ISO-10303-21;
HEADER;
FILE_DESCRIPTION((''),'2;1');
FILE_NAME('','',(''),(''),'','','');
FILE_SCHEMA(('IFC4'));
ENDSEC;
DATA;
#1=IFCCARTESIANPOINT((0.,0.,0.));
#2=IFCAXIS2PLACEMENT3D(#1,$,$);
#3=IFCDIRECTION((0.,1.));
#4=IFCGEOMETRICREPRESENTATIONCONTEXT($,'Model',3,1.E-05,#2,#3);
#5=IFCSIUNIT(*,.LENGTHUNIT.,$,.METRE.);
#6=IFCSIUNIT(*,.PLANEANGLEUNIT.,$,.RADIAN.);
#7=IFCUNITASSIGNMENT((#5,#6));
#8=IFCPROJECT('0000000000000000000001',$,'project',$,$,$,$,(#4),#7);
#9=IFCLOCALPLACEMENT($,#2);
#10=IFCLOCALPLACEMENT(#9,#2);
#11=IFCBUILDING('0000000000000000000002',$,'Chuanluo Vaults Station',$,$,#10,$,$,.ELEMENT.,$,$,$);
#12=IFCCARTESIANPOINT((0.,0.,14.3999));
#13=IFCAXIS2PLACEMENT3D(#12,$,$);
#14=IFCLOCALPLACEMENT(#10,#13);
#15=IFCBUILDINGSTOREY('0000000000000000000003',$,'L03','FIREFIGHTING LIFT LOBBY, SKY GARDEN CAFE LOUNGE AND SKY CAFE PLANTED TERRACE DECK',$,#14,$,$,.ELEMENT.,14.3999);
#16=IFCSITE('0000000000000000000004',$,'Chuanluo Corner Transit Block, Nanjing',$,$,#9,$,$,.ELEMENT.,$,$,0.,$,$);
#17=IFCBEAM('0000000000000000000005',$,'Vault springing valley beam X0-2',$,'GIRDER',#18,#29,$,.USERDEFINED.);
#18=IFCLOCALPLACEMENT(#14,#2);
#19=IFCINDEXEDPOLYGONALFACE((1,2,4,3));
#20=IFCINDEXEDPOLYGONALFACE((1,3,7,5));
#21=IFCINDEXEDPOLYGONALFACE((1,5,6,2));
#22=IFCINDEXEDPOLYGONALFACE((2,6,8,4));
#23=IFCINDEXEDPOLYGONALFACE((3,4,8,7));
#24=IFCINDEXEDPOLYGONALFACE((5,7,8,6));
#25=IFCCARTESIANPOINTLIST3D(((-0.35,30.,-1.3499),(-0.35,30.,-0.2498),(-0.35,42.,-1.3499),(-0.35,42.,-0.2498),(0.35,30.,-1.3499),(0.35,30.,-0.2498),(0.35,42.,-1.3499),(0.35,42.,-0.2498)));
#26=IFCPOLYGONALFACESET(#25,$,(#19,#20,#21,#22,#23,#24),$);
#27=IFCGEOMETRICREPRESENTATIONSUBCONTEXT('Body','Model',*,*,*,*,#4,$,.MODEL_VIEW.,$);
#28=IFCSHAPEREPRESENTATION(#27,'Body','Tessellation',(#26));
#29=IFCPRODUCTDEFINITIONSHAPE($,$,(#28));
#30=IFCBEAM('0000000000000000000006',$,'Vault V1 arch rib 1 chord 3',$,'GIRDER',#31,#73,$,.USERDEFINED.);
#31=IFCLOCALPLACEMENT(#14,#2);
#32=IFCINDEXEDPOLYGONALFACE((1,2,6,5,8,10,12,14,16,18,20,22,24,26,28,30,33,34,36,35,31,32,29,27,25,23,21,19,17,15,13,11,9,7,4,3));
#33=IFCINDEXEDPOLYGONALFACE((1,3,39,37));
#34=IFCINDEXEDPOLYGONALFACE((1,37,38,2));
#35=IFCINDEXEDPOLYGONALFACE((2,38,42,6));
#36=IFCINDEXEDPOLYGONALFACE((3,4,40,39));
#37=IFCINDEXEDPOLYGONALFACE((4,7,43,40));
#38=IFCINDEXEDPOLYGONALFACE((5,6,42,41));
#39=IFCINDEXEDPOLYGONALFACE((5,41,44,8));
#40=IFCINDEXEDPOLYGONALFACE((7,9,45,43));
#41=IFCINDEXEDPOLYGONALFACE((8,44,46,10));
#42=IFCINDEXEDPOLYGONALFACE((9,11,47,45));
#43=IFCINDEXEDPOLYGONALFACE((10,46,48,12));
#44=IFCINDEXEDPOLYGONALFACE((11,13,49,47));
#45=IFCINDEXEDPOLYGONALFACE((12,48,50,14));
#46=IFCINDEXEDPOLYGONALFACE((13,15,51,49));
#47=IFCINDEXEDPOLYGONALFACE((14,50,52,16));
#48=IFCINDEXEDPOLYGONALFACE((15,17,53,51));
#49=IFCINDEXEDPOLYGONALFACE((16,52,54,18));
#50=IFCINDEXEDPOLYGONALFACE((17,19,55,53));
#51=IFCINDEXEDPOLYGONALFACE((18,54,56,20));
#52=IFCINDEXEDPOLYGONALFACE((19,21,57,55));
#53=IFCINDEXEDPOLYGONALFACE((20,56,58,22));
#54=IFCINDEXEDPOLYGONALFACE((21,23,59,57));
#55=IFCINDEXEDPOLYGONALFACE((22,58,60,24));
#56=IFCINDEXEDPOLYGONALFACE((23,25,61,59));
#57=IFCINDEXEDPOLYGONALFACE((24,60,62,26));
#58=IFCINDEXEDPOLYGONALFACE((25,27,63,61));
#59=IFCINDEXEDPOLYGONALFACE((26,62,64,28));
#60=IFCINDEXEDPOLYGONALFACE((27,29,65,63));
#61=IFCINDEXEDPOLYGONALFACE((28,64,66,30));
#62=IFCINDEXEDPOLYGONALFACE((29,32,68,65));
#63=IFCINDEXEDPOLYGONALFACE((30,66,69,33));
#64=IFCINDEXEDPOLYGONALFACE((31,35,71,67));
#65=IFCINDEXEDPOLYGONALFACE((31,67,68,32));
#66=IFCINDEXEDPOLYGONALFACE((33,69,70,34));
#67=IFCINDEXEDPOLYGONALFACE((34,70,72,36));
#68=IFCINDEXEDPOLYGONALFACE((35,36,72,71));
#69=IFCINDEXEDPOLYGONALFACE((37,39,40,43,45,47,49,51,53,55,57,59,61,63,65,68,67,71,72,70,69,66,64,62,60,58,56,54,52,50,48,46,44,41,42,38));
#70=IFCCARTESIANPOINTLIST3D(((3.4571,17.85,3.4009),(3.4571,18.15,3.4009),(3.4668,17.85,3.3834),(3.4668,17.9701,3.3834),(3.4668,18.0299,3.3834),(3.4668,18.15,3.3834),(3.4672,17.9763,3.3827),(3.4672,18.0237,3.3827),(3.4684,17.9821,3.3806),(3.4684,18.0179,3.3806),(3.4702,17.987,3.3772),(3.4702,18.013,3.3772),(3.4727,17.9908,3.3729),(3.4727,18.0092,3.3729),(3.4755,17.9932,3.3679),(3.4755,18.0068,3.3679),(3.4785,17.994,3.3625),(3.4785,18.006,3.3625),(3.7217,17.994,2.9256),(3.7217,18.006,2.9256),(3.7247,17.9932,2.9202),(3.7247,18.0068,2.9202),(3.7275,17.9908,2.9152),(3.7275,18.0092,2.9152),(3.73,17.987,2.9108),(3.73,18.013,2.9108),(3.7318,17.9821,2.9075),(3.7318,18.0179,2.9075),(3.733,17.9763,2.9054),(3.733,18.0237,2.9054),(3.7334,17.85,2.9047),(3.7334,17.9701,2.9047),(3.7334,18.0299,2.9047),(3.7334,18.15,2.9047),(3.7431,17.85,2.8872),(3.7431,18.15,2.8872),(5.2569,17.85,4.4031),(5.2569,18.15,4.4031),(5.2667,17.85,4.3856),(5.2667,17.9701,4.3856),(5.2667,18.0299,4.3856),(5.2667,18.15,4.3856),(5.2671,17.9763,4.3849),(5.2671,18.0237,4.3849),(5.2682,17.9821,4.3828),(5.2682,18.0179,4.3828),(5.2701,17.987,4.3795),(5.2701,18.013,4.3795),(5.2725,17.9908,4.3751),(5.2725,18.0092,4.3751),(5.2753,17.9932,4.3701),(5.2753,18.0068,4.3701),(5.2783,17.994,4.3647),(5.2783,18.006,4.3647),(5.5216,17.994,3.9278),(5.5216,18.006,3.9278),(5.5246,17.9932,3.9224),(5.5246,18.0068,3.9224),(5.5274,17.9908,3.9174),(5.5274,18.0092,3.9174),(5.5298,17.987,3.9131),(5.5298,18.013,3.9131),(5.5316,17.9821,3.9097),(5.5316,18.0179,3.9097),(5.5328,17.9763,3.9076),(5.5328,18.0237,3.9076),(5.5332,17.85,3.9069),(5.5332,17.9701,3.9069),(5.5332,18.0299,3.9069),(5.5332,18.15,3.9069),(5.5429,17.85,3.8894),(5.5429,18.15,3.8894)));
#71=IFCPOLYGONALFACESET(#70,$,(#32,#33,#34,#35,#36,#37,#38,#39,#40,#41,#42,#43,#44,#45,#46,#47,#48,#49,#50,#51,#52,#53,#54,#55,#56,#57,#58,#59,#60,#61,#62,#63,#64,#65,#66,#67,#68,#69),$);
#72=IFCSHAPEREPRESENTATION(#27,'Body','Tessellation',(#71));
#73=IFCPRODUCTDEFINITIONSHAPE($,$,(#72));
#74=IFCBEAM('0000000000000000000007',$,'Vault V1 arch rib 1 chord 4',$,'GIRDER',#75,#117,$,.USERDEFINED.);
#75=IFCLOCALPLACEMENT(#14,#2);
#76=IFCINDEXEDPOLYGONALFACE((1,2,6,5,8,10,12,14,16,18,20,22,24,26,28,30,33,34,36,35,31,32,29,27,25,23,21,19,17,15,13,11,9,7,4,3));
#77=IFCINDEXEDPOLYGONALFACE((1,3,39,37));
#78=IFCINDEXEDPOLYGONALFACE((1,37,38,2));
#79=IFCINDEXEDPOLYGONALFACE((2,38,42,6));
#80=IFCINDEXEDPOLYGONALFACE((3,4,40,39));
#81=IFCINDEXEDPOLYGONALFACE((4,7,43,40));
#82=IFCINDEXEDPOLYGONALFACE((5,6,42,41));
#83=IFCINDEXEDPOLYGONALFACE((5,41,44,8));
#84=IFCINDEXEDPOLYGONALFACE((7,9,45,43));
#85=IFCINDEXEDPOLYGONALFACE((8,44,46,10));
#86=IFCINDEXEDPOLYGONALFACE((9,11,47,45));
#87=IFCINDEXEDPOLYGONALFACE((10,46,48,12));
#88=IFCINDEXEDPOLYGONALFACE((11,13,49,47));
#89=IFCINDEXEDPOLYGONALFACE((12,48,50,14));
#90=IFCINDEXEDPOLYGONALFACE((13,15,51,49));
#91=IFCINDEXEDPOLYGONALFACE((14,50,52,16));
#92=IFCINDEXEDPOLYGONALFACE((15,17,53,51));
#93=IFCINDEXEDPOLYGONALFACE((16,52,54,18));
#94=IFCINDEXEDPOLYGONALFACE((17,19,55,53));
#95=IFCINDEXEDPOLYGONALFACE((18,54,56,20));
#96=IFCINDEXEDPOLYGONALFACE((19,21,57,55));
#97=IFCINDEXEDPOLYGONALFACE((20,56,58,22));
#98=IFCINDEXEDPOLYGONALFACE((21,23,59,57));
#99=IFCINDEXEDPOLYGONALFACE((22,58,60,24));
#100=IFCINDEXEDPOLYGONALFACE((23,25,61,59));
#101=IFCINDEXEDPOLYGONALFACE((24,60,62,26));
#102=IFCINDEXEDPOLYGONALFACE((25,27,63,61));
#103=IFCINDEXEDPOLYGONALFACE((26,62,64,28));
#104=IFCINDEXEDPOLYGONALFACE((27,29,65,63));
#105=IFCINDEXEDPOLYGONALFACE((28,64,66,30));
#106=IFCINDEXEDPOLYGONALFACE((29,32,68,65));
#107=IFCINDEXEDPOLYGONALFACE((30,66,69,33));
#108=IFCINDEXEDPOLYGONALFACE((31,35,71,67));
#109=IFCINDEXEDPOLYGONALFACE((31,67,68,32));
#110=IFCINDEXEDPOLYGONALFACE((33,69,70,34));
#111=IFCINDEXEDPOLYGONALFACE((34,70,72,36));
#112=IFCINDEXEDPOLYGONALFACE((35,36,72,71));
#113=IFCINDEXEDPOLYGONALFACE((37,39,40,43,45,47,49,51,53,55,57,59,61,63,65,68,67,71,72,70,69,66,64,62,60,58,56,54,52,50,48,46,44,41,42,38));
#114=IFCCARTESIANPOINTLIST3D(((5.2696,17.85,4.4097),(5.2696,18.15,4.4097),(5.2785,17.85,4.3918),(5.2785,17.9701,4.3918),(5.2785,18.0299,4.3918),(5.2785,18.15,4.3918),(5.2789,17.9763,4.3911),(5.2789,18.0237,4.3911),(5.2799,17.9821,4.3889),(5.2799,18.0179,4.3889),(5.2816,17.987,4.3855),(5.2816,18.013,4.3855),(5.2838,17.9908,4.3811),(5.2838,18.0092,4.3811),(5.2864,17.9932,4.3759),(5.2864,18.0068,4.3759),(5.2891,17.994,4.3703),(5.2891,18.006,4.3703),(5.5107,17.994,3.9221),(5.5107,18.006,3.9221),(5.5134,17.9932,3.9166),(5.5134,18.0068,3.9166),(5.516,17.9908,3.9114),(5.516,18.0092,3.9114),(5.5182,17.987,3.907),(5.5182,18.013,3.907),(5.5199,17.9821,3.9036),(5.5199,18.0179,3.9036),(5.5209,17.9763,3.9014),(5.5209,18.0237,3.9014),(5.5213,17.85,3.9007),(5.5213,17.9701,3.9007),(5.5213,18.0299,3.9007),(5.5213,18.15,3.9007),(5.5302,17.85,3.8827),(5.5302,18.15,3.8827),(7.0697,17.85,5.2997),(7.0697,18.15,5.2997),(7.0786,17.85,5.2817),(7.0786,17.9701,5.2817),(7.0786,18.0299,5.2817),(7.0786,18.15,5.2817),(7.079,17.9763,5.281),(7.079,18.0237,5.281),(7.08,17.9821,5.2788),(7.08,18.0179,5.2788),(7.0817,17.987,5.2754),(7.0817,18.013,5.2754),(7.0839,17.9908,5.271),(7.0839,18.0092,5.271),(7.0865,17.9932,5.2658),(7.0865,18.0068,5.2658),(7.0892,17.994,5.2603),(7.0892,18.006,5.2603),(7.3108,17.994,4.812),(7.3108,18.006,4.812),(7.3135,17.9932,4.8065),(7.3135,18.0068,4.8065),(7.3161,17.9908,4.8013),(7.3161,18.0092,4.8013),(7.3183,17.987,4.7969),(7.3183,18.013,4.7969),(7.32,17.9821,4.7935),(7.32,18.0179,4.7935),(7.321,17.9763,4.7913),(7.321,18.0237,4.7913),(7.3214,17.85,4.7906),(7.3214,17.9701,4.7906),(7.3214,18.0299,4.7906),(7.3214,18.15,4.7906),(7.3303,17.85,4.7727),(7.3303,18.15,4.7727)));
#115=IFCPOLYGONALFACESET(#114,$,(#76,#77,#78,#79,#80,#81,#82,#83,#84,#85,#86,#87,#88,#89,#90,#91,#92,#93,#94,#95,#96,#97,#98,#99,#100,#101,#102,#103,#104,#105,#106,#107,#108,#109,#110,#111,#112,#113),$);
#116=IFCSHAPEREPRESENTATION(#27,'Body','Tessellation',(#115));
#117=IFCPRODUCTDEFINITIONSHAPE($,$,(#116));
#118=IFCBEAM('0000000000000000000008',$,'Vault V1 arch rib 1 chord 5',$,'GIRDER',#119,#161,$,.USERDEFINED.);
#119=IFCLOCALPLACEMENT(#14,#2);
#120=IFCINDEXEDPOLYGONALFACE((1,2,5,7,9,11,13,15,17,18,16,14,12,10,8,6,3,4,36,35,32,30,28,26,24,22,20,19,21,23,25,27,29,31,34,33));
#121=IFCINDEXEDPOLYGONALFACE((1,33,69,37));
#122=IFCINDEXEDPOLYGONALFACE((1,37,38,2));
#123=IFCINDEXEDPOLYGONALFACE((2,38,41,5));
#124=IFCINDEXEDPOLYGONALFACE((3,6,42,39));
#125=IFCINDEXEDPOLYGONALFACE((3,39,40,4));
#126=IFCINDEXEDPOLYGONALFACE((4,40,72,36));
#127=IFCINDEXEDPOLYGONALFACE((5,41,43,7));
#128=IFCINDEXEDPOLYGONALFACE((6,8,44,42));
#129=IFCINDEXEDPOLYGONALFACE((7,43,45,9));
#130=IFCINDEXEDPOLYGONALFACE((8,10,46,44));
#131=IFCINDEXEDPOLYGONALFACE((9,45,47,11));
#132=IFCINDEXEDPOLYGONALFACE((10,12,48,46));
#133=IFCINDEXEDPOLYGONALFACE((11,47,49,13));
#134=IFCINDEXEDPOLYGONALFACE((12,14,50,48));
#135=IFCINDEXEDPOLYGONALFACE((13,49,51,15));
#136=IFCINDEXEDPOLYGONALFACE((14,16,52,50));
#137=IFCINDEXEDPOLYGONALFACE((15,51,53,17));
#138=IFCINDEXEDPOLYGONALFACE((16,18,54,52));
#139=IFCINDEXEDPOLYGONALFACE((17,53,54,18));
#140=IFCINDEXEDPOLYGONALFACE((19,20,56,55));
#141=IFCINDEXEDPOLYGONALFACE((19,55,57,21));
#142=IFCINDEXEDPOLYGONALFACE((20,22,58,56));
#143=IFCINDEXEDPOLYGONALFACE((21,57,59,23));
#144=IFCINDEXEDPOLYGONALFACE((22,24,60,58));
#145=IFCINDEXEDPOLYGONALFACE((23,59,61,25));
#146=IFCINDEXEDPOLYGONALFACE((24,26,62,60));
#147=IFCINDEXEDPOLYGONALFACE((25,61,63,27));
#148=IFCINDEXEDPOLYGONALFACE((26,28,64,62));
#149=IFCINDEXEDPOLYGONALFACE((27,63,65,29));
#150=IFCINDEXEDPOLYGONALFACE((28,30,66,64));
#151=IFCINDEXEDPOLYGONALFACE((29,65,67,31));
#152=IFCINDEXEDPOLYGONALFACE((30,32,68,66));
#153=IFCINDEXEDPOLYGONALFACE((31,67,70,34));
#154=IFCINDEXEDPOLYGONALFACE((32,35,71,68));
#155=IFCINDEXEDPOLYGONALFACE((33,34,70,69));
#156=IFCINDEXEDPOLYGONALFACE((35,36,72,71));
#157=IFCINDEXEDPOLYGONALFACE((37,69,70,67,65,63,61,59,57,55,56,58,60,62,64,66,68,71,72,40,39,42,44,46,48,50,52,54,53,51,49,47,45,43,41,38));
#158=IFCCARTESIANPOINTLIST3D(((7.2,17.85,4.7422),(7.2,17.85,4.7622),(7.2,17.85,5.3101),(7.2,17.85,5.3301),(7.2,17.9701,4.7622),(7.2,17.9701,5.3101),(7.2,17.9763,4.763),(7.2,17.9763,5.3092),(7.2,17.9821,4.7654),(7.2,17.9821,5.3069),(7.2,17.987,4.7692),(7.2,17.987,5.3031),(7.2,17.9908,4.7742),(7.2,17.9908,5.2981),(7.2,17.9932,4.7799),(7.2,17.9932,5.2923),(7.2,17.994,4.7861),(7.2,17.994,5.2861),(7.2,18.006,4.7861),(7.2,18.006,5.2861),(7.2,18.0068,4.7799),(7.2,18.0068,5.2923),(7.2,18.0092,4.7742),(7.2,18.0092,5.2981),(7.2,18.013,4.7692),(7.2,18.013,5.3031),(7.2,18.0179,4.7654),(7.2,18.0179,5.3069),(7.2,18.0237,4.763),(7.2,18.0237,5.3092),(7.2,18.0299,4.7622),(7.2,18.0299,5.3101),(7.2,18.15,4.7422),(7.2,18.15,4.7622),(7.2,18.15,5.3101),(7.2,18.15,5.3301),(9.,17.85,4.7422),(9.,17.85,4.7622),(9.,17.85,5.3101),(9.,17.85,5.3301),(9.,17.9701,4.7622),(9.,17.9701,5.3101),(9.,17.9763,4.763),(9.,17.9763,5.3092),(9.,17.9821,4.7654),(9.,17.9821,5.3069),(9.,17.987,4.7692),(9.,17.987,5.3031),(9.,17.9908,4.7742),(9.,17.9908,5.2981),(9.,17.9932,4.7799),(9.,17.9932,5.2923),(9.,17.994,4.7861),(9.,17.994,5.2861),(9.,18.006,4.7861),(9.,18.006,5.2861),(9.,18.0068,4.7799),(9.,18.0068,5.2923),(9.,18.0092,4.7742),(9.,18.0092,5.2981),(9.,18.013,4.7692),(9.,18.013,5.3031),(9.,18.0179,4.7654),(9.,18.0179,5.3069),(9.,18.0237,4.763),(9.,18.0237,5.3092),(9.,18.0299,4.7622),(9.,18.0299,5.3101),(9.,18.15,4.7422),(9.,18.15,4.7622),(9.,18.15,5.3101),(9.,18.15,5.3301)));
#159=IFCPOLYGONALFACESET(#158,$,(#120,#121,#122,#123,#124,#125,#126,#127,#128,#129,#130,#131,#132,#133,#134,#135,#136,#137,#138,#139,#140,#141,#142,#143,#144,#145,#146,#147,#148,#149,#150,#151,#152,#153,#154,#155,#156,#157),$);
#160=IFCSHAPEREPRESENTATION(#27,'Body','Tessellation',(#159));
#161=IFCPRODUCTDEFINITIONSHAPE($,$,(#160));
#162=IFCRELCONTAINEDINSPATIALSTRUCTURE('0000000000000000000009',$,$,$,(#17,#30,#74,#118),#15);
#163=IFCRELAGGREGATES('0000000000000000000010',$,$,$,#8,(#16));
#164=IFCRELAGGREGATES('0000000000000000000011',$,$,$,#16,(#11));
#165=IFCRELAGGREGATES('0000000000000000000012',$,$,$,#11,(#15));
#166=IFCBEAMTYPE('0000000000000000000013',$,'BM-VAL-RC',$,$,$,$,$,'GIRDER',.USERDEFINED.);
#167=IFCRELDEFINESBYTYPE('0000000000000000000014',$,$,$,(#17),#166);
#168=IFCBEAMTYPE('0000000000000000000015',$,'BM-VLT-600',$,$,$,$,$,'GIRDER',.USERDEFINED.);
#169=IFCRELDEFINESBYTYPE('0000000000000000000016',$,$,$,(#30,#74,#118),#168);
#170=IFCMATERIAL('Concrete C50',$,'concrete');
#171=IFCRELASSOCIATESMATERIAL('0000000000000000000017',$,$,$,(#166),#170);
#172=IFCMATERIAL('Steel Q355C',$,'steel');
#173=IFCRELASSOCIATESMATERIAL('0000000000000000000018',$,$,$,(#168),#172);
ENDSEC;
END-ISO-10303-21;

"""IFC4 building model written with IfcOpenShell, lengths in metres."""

from ifc_helpers import new_model, si_unit, direction, frame, origin, origin_2d, place, context, subcontext, project, spatial, rectangle, i_section, extrude, material, material_profile, profile_set, type_object, element, save


model = new_model("IFC4")

# Units and contexts
model_context = context("Model", 3, precision=1e-05, world=origin(), true_north=direction((0.0, 1.0)))
body_context = subcontext(model_context, "Body", "Model", "MODEL_VIEW")
ifc_project = project(units=[si_unit("LENGTHUNIT", "METRE"), si_unit("PLANEANGLEUNIT", "RADIAN")], contexts=[model_context])

# Site, building, storey
site_placement = place(None, origin())
site = spatial("IfcSite", under=ifc_project, at=site_placement, Name="Chuanluo Corner Transit Block, Nanjing", CompositionType="ELEMENT", RefElevation=0.0)
building_placement = place(site_placement, origin())
building = spatial("IfcBuilding", under=site, at=building_placement, Name="Chuanluo Vaults Station", CompositionType="ELEMENT")
storey_placement = place(building_placement, frame((0.0, 0.0, 14.3999)))
storey = spatial("IfcBuildingStorey", under=building, at=storey_placement, Name="L03", Description="FIREFIGHTING LIFT LOBBY, SKY GARDEN CAFE LOUNGE AND SKY CAFE PLANTED TERRACE DECK", CompositionType="ELEMENT", Elevation=14.3999)

# Beams
ifc_material_1 = material(Name="Concrete C50", Category="concrete")
ifc_material_profile_1 = material_profile(ifc_material_1, rectangle(XDim=0.7, YDim=1.1001, at=origin_2d()))
ifc_profile_set_1 = profile_set([ifc_material_profile_1], Name="Concrete C50")
beam_type_1 = type_object("IfcBeamType", Name="BM-VAL-RC", ElementType="GIRDER", PredefinedType="USERDEFINED", material=ifc_profile_set_1)
beam_1_placement = place(storey_placement, frame((0.0, 30.0, -0.7998), z_axis=(0.0, 1.0, 0.0), x_axis=(-1.0, 0.0, 0.0)))
element("IfcBeam", 1, at=beam_1_placement, inside=storey, type_object=beam_type_1, Name="Vault springing valley beam X0-2", ObjectType="GIRDER", PredefinedType="USERDEFINED", context=body_context, shape_type="SweptSolid", body=[
    extrude(rectangle(XDim=0.7, YDim=1.1001, at=origin_2d()), origin(), (0.0, 0.0, 1.0), 12.0),
])
ifc_material_2 = material(Name="Steel Q355C", Category="steel")
ifc_material_profile_2 = material_profile(ifc_material_2, i_section(OverallWidth=0.3, OverallDepth=0.5879, WebThickness=0.012, FlangeThickness=0.02, FilletRadius=0.0239, at=origin_2d()))
ifc_profile_set_2 = profile_set([ifc_material_profile_2], Name="Steel Q355C")
beam_type_2 = type_object("IfcBeamType", Name="BM-VLT-600", ElementType="GIRDER", PredefinedType="USERDEFINED", material=ifc_profile_set_2)
beam_2_placement = place(storey_placement, frame((3.6001, 18.0, 3.144), z_axis=(0.873682, 0.0, 0.486498), x_axis=(0.0, 1.0, 0.0)))
element("IfcBeam", 2, at=beam_2_placement, inside=storey, type_object=beam_type_2, Name="Vault V1 arch rib 1 chord 3", ObjectType="GIRDER", PredefinedType="USERDEFINED", context=body_context, shape_type="SweptSolid", body=[
    extrude(i_section(OverallWidth=0.3, OverallDepth=0.5879, WebThickness=0.012, FlangeThickness=0.02, FilletRadius=0.0239, at=origin_2d()), origin(), (0.0, 0.0, 1.0), 2.0601),
])
beam_3_placement = place(storey_placement, frame((5.3999, 18.0, 4.1462), z_axis=(0.896436, 0.0, 0.443172), x_axis=(0.0, 1.0, 0.0)))
element("IfcBeam", 3, at=beam_3_placement, inside=storey, type_object=beam_type_2, Name="Vault V1 arch rib 1 chord 4", ObjectType="GIRDER", PredefinedType="USERDEFINED", context=body_context, shape_type="SweptSolid", body=[
    extrude(i_section(OverallWidth=0.3, OverallDepth=0.5879, WebThickness=0.012, FlangeThickness=0.02, FilletRadius=0.0239, at=origin_2d()), origin(), (0.0, 0.0, 1.0), 2.0081),
])
for number, where, z_axis, x_axis, name in (
    (4, (7.2, 18.0, 5.0361), (1.0, 0.0, 0.0), (0.0, 1.0, 0.0), "Vault V1 arch rib 1 chord 5"),
):
    element("IfcBeam", number, at=place(storey_placement, frame(where, z_axis=z_axis, x_axis=x_axis)), inside=storey, type_object=beam_type_2, Name=name, ObjectType="GIRDER", PredefinedType="USERDEFINED", context=body_context, shape_type="SweptSolid", body=[
        extrude(i_section(OverallWidth=0.3, OverallDepth=0.5879, WebThickness=0.012, FlangeThickness=0.02, FilletRadius=0.0239, at=origin_2d()), origin(), (0.0, 0.0, 1.0), 1.8),
    ])

save(model, "model.ifc")
